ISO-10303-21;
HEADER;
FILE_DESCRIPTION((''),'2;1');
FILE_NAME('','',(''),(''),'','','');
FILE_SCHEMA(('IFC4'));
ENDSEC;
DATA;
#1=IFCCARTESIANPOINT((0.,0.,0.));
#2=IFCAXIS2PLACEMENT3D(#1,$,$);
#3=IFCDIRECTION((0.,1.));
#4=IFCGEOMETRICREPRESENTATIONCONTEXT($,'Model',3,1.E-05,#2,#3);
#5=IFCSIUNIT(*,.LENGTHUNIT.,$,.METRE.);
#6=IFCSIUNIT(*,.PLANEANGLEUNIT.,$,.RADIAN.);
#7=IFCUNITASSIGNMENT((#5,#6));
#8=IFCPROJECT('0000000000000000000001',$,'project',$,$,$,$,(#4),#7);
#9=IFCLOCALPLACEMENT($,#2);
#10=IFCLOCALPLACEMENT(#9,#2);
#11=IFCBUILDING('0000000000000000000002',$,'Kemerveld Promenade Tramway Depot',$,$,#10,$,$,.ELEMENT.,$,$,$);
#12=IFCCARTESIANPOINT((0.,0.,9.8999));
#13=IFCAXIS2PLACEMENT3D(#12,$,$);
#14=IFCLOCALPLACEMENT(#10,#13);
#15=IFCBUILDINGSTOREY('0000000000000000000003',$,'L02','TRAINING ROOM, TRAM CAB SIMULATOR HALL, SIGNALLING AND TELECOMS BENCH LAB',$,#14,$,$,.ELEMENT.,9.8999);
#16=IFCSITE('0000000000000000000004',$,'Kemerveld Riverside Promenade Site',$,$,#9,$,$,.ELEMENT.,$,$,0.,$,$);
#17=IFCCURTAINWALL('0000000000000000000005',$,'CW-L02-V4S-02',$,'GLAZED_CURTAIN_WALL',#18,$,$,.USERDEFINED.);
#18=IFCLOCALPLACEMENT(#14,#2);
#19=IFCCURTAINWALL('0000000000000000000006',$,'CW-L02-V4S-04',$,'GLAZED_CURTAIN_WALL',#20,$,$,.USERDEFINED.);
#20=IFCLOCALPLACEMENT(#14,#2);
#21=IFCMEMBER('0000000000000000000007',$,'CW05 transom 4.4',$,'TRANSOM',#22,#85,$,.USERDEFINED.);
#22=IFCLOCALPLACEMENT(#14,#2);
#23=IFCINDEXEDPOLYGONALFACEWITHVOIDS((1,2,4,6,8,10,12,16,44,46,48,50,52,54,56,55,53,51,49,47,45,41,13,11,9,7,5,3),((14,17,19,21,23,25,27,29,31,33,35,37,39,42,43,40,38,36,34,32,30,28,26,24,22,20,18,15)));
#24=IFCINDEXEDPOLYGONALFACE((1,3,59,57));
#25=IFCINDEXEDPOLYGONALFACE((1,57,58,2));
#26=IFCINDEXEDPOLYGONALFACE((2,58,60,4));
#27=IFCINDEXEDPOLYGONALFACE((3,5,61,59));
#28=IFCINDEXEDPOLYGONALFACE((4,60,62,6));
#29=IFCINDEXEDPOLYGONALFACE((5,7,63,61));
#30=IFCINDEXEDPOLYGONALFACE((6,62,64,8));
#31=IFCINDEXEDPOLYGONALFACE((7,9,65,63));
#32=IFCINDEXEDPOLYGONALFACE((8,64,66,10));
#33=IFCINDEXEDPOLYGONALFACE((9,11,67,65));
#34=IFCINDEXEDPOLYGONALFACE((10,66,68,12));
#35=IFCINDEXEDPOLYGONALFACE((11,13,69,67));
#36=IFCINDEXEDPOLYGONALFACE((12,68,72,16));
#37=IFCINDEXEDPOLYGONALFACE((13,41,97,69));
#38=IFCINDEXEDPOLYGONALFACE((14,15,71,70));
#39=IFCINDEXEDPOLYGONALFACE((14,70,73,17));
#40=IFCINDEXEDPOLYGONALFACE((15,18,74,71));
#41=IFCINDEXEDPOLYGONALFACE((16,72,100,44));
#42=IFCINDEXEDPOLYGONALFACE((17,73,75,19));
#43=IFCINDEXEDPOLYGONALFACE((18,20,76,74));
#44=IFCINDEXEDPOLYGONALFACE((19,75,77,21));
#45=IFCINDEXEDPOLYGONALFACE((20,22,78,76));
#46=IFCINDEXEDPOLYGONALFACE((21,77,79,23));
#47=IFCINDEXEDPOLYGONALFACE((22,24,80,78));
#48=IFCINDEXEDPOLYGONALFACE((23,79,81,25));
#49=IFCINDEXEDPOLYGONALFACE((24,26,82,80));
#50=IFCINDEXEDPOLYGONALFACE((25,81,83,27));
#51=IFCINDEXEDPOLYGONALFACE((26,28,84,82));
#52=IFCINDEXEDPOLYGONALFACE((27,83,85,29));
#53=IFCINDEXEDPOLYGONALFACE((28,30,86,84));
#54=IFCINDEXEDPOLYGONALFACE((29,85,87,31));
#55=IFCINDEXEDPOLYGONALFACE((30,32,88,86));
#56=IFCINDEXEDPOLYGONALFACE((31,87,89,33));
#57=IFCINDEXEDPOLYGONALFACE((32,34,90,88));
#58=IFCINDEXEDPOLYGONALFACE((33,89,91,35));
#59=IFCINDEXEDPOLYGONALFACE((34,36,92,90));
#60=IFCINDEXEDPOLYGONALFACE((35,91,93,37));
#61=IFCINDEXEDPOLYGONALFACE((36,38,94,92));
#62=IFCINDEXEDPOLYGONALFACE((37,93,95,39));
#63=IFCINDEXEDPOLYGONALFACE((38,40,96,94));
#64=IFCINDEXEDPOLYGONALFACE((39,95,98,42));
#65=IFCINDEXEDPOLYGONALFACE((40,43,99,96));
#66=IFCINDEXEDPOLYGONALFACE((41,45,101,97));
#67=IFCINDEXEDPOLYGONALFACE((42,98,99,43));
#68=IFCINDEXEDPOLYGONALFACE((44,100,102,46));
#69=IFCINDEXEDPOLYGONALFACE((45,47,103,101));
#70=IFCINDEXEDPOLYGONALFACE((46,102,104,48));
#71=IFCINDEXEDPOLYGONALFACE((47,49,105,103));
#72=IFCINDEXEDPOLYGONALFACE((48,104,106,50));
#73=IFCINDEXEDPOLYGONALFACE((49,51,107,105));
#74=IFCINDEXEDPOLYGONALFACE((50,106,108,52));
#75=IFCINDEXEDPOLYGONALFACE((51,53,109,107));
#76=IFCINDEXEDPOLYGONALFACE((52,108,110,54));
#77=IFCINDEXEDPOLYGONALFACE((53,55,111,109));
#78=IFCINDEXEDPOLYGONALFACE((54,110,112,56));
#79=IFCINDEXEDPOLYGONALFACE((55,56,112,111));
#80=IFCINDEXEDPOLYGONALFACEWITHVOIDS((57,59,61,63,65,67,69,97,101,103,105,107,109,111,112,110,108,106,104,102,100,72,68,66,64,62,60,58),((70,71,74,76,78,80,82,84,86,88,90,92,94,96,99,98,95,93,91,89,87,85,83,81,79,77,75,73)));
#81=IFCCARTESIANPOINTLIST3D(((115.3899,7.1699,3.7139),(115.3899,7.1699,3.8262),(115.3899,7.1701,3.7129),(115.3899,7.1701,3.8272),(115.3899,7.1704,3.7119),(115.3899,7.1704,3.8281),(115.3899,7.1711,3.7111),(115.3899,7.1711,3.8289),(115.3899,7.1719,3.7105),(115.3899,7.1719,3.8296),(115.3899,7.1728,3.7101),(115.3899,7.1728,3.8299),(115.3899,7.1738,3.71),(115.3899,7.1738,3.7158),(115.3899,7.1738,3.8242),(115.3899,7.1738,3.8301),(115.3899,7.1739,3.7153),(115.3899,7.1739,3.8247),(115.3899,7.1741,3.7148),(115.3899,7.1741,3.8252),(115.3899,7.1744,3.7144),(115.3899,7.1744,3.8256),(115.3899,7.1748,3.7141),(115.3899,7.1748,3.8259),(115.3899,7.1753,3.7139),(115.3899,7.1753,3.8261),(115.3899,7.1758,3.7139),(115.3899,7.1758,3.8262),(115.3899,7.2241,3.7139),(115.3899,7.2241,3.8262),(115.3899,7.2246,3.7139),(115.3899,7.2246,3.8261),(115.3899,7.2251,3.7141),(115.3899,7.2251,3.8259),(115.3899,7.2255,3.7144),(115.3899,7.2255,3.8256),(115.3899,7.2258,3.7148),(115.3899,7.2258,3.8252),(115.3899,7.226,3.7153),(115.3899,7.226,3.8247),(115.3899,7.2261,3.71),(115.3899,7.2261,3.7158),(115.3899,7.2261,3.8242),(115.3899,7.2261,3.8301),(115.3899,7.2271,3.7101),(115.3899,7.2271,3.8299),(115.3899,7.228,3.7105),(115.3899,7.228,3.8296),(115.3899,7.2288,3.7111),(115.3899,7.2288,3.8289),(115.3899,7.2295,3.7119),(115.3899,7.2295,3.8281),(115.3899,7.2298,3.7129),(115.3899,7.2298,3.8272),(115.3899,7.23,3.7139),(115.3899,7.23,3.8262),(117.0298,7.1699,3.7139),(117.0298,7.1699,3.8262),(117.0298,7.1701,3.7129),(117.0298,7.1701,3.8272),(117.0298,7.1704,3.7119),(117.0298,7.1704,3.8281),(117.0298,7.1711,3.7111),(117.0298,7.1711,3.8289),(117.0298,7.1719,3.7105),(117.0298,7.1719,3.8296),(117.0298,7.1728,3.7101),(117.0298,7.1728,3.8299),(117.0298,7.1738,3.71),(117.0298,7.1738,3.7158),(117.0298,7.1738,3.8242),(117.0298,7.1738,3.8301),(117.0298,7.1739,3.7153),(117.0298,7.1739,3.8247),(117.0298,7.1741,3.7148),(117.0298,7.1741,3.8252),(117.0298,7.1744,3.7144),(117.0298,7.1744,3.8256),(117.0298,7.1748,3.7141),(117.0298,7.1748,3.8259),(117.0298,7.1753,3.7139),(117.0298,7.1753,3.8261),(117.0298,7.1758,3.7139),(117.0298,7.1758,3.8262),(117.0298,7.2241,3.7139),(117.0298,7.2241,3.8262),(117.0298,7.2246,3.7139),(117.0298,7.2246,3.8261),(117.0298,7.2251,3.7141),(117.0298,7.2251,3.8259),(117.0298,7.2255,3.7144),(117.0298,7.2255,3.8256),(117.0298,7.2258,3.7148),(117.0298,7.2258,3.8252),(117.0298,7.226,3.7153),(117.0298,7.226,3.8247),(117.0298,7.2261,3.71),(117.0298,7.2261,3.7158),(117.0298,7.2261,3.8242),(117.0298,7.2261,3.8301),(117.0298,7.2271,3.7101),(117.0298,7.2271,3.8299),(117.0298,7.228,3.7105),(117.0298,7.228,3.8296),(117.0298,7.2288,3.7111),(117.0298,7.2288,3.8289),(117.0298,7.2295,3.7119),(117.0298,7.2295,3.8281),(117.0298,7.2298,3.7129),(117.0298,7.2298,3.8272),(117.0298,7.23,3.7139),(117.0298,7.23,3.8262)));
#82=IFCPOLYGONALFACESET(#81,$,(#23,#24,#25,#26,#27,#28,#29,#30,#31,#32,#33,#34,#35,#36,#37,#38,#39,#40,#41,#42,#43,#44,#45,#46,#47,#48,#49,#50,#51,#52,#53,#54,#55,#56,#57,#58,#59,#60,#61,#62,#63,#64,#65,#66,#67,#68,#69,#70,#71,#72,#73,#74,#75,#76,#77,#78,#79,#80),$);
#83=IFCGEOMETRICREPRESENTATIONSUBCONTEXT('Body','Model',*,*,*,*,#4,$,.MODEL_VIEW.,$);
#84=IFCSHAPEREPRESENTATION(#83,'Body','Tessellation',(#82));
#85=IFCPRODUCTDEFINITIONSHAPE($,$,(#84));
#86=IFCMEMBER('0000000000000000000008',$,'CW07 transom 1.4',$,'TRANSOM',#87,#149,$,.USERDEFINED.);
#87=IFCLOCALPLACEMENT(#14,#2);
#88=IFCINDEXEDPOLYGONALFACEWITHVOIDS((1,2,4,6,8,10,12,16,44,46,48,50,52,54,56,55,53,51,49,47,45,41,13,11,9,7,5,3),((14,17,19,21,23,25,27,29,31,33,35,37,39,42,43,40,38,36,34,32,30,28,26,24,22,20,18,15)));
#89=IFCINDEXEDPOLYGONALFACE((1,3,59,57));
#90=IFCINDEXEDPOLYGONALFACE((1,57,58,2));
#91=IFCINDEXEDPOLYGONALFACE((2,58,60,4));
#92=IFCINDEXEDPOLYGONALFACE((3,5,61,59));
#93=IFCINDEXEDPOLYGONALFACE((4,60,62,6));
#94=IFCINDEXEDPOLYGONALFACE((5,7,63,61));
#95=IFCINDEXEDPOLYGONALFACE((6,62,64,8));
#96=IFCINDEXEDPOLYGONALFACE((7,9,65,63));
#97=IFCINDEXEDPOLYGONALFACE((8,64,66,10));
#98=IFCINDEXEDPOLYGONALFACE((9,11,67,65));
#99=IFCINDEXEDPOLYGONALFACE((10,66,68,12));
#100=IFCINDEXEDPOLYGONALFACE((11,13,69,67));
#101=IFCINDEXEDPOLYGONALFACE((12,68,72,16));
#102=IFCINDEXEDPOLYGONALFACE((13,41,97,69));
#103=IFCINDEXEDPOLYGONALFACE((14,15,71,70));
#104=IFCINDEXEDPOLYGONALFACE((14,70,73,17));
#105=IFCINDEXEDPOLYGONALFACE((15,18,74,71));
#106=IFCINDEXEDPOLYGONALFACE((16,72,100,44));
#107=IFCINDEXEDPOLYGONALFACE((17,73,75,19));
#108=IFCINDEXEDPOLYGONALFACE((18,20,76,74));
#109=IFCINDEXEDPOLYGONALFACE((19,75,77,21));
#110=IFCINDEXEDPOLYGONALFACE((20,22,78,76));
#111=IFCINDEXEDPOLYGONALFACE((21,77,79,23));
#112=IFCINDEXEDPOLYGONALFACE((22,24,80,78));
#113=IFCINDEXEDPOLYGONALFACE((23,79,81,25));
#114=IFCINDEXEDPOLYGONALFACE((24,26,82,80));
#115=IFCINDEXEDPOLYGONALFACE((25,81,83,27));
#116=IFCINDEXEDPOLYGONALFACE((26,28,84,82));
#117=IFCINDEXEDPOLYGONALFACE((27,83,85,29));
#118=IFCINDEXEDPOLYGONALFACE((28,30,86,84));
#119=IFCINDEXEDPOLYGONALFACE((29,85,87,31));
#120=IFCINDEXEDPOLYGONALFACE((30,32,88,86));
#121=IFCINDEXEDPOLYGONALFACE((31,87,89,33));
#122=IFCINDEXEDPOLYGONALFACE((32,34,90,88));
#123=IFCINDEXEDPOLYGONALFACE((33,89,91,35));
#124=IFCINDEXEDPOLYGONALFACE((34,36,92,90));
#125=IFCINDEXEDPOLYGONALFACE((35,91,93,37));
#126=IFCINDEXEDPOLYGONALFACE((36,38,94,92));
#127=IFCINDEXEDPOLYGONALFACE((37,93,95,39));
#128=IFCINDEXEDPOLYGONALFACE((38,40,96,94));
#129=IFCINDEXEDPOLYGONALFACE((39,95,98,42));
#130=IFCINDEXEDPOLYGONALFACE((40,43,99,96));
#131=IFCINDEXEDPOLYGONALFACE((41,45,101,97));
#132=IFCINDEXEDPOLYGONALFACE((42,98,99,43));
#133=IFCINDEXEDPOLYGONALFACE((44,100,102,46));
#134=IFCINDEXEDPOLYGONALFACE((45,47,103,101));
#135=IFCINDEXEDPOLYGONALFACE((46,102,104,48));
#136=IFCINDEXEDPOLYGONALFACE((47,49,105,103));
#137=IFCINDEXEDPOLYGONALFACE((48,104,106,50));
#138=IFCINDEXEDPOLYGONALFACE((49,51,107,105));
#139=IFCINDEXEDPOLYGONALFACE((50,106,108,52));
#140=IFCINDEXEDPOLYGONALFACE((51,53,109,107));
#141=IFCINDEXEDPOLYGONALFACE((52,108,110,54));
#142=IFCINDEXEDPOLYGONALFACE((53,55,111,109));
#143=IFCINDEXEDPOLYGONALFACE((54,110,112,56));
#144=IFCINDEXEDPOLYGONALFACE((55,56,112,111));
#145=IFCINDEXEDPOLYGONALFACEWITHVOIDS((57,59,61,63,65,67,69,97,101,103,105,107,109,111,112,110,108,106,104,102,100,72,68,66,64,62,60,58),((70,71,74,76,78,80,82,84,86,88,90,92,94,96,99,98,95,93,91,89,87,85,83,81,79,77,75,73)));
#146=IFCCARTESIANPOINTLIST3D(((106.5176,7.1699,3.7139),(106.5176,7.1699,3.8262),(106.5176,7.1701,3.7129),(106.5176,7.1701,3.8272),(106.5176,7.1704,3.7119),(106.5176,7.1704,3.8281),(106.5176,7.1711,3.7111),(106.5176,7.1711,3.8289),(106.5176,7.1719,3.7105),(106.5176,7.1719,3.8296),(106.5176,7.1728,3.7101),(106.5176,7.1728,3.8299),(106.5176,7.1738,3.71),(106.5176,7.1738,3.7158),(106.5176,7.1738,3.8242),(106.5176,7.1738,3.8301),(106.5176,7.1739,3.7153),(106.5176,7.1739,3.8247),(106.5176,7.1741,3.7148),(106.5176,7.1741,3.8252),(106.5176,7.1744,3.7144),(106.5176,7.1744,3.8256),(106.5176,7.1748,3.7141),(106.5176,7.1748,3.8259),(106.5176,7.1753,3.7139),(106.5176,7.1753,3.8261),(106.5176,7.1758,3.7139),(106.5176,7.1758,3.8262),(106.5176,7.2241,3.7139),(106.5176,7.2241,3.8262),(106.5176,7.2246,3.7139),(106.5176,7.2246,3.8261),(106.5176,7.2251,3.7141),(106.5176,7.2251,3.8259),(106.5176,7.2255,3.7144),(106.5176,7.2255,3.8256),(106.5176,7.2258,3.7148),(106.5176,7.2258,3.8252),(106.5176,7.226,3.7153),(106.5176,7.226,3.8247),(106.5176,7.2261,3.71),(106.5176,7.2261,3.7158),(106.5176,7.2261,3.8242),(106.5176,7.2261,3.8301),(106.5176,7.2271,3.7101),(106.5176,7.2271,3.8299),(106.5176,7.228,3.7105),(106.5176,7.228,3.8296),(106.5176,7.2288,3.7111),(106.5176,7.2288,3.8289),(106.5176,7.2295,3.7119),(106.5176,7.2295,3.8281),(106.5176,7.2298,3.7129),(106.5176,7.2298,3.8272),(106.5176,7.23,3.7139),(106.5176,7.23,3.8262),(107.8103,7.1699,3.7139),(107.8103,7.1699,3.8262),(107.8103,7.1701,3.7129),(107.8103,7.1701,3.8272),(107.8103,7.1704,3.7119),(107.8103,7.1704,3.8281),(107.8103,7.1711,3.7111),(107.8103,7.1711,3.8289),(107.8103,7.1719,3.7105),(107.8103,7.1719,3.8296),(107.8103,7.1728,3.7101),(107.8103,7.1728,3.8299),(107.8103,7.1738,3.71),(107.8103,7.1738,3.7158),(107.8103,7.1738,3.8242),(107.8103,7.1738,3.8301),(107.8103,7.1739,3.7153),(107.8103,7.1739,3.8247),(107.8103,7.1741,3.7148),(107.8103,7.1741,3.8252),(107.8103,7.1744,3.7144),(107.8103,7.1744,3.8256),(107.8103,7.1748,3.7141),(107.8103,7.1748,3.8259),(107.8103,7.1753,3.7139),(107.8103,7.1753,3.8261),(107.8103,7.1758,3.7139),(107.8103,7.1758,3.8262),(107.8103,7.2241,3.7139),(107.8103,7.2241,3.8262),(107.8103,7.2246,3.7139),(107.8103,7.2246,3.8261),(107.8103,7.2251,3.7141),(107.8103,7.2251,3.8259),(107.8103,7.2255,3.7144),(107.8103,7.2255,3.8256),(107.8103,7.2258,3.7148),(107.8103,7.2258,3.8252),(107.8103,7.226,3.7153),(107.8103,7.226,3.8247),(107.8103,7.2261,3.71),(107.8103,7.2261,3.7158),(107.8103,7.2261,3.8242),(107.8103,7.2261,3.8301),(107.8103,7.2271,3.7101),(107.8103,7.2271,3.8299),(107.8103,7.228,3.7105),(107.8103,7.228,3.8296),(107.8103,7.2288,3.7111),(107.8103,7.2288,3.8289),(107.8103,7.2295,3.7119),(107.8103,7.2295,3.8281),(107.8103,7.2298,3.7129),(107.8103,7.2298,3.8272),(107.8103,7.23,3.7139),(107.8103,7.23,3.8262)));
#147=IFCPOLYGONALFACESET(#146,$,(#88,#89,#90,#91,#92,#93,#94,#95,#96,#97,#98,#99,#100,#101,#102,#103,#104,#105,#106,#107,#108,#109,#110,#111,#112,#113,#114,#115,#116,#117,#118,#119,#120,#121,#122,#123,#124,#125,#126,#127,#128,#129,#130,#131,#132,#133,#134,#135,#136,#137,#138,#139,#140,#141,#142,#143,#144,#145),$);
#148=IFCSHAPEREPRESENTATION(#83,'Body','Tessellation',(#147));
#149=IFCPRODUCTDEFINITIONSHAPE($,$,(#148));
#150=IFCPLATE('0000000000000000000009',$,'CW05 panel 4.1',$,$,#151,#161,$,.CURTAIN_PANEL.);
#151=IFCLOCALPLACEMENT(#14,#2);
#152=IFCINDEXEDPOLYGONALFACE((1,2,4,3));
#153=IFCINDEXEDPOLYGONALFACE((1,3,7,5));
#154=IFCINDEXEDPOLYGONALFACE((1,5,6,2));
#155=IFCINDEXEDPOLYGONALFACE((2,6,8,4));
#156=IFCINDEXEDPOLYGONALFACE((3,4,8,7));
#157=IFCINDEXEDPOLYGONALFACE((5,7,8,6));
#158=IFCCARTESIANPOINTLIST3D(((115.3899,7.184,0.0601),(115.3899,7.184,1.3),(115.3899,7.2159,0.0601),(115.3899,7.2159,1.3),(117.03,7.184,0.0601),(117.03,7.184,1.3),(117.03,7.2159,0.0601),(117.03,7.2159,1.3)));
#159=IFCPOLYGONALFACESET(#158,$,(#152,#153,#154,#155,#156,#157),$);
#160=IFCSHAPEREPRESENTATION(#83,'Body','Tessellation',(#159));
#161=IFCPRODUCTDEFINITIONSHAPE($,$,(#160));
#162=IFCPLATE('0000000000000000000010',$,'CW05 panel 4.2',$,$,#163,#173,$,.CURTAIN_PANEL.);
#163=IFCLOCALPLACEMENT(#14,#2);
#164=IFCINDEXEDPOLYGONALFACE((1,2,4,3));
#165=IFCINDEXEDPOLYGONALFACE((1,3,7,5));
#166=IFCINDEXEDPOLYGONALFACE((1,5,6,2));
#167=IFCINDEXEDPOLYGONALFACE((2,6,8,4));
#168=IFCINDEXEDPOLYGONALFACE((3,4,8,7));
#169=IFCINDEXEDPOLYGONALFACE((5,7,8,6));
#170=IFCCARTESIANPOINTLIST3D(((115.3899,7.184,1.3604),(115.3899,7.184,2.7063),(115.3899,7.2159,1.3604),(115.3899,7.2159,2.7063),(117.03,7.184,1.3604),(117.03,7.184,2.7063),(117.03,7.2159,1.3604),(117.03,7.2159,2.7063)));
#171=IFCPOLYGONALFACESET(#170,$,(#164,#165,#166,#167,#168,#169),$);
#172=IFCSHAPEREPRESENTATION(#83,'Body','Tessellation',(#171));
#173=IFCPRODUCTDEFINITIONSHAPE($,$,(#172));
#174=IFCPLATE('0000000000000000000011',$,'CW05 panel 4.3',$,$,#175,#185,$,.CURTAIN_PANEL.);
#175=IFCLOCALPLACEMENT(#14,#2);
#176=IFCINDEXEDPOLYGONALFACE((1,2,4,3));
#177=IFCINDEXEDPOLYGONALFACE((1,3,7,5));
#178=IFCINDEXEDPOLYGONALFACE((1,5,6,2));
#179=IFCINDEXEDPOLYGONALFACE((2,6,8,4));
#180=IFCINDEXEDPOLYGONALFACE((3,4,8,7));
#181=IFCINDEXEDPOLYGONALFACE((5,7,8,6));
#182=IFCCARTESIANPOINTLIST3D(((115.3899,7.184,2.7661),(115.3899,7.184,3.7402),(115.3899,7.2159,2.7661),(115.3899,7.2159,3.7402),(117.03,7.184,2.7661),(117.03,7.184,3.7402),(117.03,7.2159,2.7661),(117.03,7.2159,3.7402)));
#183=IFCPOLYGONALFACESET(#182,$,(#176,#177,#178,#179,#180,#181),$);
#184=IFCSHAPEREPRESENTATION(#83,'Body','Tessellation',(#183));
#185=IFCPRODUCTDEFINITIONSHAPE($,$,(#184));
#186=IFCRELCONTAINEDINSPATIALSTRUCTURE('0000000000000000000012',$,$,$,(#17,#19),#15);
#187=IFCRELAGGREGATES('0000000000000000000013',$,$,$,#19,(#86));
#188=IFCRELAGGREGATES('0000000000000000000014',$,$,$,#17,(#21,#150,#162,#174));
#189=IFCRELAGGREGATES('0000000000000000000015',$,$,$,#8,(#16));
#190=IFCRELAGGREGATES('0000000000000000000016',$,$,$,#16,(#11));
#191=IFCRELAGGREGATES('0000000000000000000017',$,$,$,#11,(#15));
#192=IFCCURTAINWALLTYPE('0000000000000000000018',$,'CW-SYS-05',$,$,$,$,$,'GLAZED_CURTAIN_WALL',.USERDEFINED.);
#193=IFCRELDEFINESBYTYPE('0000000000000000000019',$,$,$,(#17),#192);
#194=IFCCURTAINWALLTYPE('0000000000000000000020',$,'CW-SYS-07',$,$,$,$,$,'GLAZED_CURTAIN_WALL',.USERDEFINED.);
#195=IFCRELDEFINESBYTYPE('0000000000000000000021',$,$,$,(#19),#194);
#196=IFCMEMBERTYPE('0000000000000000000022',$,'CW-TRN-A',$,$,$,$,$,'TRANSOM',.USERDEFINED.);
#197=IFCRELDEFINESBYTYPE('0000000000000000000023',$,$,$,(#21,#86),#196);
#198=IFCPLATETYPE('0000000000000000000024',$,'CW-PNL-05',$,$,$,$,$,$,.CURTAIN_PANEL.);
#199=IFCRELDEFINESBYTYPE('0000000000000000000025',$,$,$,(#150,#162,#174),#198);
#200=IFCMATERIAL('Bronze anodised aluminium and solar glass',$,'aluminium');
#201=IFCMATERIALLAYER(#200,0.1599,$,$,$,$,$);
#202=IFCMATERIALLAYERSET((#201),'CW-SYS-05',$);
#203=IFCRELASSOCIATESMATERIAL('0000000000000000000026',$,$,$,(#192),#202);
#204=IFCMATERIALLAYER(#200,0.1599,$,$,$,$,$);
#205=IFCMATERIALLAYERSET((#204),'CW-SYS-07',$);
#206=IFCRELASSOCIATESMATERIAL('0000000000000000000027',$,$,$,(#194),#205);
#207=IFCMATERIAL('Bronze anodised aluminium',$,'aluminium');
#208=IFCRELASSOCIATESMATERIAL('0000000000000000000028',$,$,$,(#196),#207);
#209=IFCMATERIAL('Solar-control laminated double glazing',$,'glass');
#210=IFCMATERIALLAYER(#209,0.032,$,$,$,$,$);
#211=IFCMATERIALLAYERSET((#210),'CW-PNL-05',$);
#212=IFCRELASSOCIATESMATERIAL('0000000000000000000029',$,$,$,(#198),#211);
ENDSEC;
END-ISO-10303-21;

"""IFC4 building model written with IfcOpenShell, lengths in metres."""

from ifc_helpers import new_model, si_unit, direction, frame, origin, origin_2d, place, context, subcontext, project, spatial, rectangle, hollow_rectangle, extrude, material, layer, layer_set, material_profile, profile_set, type_object, element, aggregate, save


model = new_model("IFC4")

# Units and contexts
model_context = context("Model", 3, precision=1e-05, world=origin(), true_north=direction((0.0, 1.0)))
body_context = subcontext(model_context, "Body", "Model", "MODEL_VIEW")
ifc_project = project(units=[si_unit("LENGTHUNIT", "METRE"), si_unit("PLANEANGLEUNIT", "RADIAN")], contexts=[model_context])

# Site, building, storey
site_placement = place(None, origin())
site = spatial("IfcSite", under=ifc_project, at=site_placement, Name="Kemerveld Riverside Promenade Site", CompositionType="ELEMENT", RefElevation=0.0)
building_placement = place(site_placement, origin())
building = spatial("IfcBuilding", under=site, at=building_placement, Name="Kemerveld Promenade Tramway Depot", CompositionType="ELEMENT")
storey_placement = place(building_placement, frame((0.0, 0.0, 9.8999)))
storey = spatial("IfcBuildingStorey", under=building, at=storey_placement, Name="L02", Description="TRAINING ROOM, TRAM CAB SIMULATOR HALL, SIGNALLING AND TELECOMS BENCH LAB", CompositionType="ELEMENT", Elevation=9.8999)

# Curtain wall
ifc_material_1 = material(Name="Bronze anodised aluminium and solar glass", Category="aluminium")
ifc_layer_1 = layer(ifc_material_1, 0.1599)
ifc_layer_set_1 = layer_set([ifc_layer_1], Name="CW-SYS-05")
curtain_wall_type_1 = type_object("IfcCurtainWallType", Name="CW-SYS-05", ElementType="GLAZED_CURTAIN_WALL", PredefinedType="USERDEFINED", material=ifc_layer_set_1)
curtain_wall_1_placement = place(storey_placement, origin())
curtain_wall_1 = element("IfcCurtainWall", 1, at=curtain_wall_1_placement, inside=storey, type_object=curtain_wall_type_1, Name="CW-L02-V4S-02", ObjectType="GLAZED_CURTAIN_WALL", PredefinedType="USERDEFINED")
ifc_material_2 = material(Name="Bronze anodised aluminium", Category="aluminium")

# Curtain wall
ifc_layer_2 = layer(ifc_material_1, 0.1599)
ifc_layer_set_2 = layer_set([ifc_layer_2], Name="CW-SYS-07")
curtain_wall_type_2 = type_object("IfcCurtainWallType", Name="CW-SYS-07", ElementType="GLAZED_CURTAIN_WALL", PredefinedType="USERDEFINED", material=ifc_layer_set_2)
curtain_wall_2_placement = place(storey_placement, origin())
curtain_wall_2 = element("IfcCurtainWall", 2, at=curtain_wall_2_placement, inside=storey, type_object=curtain_wall_type_2, Name="CW-L02-V4S-04", ObjectType="GLAZED_CURTAIN_WALL", PredefinedType="USERDEFINED")

# Members
ifc_material_profile_1 = material_profile(ifc_material_2, hollow_rectangle(XDim=0.0601, YDim=0.1201, WallThickness=0.0039, InnerFilletRadius=0.002, OuterFilletRadius=0.0039, at=origin_2d()), Name="CW-TRN-120x60")
ifc_profile_set_1 = profile_set([ifc_material_profile_1], Name="Bronze anodised aluminium")
member_type_1 = type_object("IfcMemberType", Name="CW-TRN-A", ElementType="TRANSOM", PredefinedType="USERDEFINED", material=ifc_profile_set_1)
member_1_placement = place(storey_placement, frame((117.0298, 7.2, 3.77), z_axis=(-1.0, 0.0, 0.0), x_axis=(0.0, -1.0, 0.0)))
member_1 = element("IfcMember", 3, at=member_1_placement, type_object=member_type_1, Name="CW05 transom 4.4", ObjectType="TRANSOM", PredefinedType="USERDEFINED", context=body_context, shape_type="SweptSolid", body=[
    extrude(hollow_rectangle(XDim=0.0601, YDim=0.1201, WallThickness=0.0039, InnerFilletRadius=0.002, OuterFilletRadius=0.0039, at=origin_2d()), origin(), (0.0, 0.0, 1.0), 1.6399),
])
member_2_placement = place(storey_placement, frame((107.8103, 7.2, 3.77), z_axis=(-1.0, 0.0, 0.0), x_axis=(0.0, -1.0, 0.0)))
member_2 = element("IfcMember", 4, at=member_2_placement, type_object=member_type_1, Name="CW07 transom 1.4", ObjectType="TRANSOM", PredefinedType="USERDEFINED", context=body_context, shape_type="SweptSolid", body=[
    extrude(hollow_rectangle(XDim=0.0601, YDim=0.1201, WallThickness=0.0039, InnerFilletRadius=0.002, OuterFilletRadius=0.0039, at=origin_2d()), origin(), (0.0, 0.0, 1.0), 1.2927),
])
aggregate(curtain_wall_2, [member_2])

# Plates
ifc_material_3 = material(Name="Solar-control laminated double glazing", Category="glass")
ifc_layer_3 = layer(ifc_material_3, 0.032)
ifc_layer_set_3 = layer_set([ifc_layer_3], Name="CW-PNL-05")
plate_type = type_object("IfcPlateType", Name="CW-PNL-05", PredefinedType="CURTAIN_PANEL", material=ifc_layer_set_3)
plate_1_placement = place(storey_placement, frame((116.21, 7.2, 0.0601), z_axis=(0.0, 0.0, 1.0), x_axis=(-1.0, 0.0, 0.0)))
plate_1 = element("IfcPlate", 5, at=plate_1_placement, type_object=plate_type, Name="CW05 panel 4.1", PredefinedType="CURTAIN_PANEL", context=body_context, shape_type="SweptSolid", body=[
    extrude(rectangle(XDim=1.6401, YDim=0.032, at=origin_2d()), origin(), (0.0, 0.0, 1.0), 1.24),
])
plate_2_placement = place(storey_placement, frame((116.21, 7.2, 1.3604), z_axis=(0.0, 0.0, 1.0), x_axis=(-1.0, 0.0, 0.0)))
plate_2 = element("IfcPlate", 6, at=plate_2_placement, type_object=plate_type, Name="CW05 panel 4.2", PredefinedType="CURTAIN_PANEL", context=body_context, shape_type="SweptSolid", body=[
    extrude(rectangle(XDim=1.6401, YDim=0.032, at=origin_2d()), origin(), (0.0, 0.0, 1.0), 1.3459),
])
plate_3_placement = place(storey_placement, frame((116.21, 7.2, 2.7661), z_axis=(0.0, 0.0, 1.0), x_axis=(-1.0, 0.0, 0.0)))
plate_3 = element("IfcPlate", 7, at=plate_3_placement, type_object=plate_type, Name="CW05 panel 4.3", PredefinedType="CURTAIN_PANEL", context=body_context, shape_type="SweptSolid", body=[
    extrude(rectangle(XDim=1.6401, YDim=0.032, at=origin_2d()), origin(), (0.0, 0.0, 1.0), 0.9741),
])
aggregate(curtain_wall_1, [member_1, plate_1, plate_2, plate_3])

save(model, "model.ifc")
